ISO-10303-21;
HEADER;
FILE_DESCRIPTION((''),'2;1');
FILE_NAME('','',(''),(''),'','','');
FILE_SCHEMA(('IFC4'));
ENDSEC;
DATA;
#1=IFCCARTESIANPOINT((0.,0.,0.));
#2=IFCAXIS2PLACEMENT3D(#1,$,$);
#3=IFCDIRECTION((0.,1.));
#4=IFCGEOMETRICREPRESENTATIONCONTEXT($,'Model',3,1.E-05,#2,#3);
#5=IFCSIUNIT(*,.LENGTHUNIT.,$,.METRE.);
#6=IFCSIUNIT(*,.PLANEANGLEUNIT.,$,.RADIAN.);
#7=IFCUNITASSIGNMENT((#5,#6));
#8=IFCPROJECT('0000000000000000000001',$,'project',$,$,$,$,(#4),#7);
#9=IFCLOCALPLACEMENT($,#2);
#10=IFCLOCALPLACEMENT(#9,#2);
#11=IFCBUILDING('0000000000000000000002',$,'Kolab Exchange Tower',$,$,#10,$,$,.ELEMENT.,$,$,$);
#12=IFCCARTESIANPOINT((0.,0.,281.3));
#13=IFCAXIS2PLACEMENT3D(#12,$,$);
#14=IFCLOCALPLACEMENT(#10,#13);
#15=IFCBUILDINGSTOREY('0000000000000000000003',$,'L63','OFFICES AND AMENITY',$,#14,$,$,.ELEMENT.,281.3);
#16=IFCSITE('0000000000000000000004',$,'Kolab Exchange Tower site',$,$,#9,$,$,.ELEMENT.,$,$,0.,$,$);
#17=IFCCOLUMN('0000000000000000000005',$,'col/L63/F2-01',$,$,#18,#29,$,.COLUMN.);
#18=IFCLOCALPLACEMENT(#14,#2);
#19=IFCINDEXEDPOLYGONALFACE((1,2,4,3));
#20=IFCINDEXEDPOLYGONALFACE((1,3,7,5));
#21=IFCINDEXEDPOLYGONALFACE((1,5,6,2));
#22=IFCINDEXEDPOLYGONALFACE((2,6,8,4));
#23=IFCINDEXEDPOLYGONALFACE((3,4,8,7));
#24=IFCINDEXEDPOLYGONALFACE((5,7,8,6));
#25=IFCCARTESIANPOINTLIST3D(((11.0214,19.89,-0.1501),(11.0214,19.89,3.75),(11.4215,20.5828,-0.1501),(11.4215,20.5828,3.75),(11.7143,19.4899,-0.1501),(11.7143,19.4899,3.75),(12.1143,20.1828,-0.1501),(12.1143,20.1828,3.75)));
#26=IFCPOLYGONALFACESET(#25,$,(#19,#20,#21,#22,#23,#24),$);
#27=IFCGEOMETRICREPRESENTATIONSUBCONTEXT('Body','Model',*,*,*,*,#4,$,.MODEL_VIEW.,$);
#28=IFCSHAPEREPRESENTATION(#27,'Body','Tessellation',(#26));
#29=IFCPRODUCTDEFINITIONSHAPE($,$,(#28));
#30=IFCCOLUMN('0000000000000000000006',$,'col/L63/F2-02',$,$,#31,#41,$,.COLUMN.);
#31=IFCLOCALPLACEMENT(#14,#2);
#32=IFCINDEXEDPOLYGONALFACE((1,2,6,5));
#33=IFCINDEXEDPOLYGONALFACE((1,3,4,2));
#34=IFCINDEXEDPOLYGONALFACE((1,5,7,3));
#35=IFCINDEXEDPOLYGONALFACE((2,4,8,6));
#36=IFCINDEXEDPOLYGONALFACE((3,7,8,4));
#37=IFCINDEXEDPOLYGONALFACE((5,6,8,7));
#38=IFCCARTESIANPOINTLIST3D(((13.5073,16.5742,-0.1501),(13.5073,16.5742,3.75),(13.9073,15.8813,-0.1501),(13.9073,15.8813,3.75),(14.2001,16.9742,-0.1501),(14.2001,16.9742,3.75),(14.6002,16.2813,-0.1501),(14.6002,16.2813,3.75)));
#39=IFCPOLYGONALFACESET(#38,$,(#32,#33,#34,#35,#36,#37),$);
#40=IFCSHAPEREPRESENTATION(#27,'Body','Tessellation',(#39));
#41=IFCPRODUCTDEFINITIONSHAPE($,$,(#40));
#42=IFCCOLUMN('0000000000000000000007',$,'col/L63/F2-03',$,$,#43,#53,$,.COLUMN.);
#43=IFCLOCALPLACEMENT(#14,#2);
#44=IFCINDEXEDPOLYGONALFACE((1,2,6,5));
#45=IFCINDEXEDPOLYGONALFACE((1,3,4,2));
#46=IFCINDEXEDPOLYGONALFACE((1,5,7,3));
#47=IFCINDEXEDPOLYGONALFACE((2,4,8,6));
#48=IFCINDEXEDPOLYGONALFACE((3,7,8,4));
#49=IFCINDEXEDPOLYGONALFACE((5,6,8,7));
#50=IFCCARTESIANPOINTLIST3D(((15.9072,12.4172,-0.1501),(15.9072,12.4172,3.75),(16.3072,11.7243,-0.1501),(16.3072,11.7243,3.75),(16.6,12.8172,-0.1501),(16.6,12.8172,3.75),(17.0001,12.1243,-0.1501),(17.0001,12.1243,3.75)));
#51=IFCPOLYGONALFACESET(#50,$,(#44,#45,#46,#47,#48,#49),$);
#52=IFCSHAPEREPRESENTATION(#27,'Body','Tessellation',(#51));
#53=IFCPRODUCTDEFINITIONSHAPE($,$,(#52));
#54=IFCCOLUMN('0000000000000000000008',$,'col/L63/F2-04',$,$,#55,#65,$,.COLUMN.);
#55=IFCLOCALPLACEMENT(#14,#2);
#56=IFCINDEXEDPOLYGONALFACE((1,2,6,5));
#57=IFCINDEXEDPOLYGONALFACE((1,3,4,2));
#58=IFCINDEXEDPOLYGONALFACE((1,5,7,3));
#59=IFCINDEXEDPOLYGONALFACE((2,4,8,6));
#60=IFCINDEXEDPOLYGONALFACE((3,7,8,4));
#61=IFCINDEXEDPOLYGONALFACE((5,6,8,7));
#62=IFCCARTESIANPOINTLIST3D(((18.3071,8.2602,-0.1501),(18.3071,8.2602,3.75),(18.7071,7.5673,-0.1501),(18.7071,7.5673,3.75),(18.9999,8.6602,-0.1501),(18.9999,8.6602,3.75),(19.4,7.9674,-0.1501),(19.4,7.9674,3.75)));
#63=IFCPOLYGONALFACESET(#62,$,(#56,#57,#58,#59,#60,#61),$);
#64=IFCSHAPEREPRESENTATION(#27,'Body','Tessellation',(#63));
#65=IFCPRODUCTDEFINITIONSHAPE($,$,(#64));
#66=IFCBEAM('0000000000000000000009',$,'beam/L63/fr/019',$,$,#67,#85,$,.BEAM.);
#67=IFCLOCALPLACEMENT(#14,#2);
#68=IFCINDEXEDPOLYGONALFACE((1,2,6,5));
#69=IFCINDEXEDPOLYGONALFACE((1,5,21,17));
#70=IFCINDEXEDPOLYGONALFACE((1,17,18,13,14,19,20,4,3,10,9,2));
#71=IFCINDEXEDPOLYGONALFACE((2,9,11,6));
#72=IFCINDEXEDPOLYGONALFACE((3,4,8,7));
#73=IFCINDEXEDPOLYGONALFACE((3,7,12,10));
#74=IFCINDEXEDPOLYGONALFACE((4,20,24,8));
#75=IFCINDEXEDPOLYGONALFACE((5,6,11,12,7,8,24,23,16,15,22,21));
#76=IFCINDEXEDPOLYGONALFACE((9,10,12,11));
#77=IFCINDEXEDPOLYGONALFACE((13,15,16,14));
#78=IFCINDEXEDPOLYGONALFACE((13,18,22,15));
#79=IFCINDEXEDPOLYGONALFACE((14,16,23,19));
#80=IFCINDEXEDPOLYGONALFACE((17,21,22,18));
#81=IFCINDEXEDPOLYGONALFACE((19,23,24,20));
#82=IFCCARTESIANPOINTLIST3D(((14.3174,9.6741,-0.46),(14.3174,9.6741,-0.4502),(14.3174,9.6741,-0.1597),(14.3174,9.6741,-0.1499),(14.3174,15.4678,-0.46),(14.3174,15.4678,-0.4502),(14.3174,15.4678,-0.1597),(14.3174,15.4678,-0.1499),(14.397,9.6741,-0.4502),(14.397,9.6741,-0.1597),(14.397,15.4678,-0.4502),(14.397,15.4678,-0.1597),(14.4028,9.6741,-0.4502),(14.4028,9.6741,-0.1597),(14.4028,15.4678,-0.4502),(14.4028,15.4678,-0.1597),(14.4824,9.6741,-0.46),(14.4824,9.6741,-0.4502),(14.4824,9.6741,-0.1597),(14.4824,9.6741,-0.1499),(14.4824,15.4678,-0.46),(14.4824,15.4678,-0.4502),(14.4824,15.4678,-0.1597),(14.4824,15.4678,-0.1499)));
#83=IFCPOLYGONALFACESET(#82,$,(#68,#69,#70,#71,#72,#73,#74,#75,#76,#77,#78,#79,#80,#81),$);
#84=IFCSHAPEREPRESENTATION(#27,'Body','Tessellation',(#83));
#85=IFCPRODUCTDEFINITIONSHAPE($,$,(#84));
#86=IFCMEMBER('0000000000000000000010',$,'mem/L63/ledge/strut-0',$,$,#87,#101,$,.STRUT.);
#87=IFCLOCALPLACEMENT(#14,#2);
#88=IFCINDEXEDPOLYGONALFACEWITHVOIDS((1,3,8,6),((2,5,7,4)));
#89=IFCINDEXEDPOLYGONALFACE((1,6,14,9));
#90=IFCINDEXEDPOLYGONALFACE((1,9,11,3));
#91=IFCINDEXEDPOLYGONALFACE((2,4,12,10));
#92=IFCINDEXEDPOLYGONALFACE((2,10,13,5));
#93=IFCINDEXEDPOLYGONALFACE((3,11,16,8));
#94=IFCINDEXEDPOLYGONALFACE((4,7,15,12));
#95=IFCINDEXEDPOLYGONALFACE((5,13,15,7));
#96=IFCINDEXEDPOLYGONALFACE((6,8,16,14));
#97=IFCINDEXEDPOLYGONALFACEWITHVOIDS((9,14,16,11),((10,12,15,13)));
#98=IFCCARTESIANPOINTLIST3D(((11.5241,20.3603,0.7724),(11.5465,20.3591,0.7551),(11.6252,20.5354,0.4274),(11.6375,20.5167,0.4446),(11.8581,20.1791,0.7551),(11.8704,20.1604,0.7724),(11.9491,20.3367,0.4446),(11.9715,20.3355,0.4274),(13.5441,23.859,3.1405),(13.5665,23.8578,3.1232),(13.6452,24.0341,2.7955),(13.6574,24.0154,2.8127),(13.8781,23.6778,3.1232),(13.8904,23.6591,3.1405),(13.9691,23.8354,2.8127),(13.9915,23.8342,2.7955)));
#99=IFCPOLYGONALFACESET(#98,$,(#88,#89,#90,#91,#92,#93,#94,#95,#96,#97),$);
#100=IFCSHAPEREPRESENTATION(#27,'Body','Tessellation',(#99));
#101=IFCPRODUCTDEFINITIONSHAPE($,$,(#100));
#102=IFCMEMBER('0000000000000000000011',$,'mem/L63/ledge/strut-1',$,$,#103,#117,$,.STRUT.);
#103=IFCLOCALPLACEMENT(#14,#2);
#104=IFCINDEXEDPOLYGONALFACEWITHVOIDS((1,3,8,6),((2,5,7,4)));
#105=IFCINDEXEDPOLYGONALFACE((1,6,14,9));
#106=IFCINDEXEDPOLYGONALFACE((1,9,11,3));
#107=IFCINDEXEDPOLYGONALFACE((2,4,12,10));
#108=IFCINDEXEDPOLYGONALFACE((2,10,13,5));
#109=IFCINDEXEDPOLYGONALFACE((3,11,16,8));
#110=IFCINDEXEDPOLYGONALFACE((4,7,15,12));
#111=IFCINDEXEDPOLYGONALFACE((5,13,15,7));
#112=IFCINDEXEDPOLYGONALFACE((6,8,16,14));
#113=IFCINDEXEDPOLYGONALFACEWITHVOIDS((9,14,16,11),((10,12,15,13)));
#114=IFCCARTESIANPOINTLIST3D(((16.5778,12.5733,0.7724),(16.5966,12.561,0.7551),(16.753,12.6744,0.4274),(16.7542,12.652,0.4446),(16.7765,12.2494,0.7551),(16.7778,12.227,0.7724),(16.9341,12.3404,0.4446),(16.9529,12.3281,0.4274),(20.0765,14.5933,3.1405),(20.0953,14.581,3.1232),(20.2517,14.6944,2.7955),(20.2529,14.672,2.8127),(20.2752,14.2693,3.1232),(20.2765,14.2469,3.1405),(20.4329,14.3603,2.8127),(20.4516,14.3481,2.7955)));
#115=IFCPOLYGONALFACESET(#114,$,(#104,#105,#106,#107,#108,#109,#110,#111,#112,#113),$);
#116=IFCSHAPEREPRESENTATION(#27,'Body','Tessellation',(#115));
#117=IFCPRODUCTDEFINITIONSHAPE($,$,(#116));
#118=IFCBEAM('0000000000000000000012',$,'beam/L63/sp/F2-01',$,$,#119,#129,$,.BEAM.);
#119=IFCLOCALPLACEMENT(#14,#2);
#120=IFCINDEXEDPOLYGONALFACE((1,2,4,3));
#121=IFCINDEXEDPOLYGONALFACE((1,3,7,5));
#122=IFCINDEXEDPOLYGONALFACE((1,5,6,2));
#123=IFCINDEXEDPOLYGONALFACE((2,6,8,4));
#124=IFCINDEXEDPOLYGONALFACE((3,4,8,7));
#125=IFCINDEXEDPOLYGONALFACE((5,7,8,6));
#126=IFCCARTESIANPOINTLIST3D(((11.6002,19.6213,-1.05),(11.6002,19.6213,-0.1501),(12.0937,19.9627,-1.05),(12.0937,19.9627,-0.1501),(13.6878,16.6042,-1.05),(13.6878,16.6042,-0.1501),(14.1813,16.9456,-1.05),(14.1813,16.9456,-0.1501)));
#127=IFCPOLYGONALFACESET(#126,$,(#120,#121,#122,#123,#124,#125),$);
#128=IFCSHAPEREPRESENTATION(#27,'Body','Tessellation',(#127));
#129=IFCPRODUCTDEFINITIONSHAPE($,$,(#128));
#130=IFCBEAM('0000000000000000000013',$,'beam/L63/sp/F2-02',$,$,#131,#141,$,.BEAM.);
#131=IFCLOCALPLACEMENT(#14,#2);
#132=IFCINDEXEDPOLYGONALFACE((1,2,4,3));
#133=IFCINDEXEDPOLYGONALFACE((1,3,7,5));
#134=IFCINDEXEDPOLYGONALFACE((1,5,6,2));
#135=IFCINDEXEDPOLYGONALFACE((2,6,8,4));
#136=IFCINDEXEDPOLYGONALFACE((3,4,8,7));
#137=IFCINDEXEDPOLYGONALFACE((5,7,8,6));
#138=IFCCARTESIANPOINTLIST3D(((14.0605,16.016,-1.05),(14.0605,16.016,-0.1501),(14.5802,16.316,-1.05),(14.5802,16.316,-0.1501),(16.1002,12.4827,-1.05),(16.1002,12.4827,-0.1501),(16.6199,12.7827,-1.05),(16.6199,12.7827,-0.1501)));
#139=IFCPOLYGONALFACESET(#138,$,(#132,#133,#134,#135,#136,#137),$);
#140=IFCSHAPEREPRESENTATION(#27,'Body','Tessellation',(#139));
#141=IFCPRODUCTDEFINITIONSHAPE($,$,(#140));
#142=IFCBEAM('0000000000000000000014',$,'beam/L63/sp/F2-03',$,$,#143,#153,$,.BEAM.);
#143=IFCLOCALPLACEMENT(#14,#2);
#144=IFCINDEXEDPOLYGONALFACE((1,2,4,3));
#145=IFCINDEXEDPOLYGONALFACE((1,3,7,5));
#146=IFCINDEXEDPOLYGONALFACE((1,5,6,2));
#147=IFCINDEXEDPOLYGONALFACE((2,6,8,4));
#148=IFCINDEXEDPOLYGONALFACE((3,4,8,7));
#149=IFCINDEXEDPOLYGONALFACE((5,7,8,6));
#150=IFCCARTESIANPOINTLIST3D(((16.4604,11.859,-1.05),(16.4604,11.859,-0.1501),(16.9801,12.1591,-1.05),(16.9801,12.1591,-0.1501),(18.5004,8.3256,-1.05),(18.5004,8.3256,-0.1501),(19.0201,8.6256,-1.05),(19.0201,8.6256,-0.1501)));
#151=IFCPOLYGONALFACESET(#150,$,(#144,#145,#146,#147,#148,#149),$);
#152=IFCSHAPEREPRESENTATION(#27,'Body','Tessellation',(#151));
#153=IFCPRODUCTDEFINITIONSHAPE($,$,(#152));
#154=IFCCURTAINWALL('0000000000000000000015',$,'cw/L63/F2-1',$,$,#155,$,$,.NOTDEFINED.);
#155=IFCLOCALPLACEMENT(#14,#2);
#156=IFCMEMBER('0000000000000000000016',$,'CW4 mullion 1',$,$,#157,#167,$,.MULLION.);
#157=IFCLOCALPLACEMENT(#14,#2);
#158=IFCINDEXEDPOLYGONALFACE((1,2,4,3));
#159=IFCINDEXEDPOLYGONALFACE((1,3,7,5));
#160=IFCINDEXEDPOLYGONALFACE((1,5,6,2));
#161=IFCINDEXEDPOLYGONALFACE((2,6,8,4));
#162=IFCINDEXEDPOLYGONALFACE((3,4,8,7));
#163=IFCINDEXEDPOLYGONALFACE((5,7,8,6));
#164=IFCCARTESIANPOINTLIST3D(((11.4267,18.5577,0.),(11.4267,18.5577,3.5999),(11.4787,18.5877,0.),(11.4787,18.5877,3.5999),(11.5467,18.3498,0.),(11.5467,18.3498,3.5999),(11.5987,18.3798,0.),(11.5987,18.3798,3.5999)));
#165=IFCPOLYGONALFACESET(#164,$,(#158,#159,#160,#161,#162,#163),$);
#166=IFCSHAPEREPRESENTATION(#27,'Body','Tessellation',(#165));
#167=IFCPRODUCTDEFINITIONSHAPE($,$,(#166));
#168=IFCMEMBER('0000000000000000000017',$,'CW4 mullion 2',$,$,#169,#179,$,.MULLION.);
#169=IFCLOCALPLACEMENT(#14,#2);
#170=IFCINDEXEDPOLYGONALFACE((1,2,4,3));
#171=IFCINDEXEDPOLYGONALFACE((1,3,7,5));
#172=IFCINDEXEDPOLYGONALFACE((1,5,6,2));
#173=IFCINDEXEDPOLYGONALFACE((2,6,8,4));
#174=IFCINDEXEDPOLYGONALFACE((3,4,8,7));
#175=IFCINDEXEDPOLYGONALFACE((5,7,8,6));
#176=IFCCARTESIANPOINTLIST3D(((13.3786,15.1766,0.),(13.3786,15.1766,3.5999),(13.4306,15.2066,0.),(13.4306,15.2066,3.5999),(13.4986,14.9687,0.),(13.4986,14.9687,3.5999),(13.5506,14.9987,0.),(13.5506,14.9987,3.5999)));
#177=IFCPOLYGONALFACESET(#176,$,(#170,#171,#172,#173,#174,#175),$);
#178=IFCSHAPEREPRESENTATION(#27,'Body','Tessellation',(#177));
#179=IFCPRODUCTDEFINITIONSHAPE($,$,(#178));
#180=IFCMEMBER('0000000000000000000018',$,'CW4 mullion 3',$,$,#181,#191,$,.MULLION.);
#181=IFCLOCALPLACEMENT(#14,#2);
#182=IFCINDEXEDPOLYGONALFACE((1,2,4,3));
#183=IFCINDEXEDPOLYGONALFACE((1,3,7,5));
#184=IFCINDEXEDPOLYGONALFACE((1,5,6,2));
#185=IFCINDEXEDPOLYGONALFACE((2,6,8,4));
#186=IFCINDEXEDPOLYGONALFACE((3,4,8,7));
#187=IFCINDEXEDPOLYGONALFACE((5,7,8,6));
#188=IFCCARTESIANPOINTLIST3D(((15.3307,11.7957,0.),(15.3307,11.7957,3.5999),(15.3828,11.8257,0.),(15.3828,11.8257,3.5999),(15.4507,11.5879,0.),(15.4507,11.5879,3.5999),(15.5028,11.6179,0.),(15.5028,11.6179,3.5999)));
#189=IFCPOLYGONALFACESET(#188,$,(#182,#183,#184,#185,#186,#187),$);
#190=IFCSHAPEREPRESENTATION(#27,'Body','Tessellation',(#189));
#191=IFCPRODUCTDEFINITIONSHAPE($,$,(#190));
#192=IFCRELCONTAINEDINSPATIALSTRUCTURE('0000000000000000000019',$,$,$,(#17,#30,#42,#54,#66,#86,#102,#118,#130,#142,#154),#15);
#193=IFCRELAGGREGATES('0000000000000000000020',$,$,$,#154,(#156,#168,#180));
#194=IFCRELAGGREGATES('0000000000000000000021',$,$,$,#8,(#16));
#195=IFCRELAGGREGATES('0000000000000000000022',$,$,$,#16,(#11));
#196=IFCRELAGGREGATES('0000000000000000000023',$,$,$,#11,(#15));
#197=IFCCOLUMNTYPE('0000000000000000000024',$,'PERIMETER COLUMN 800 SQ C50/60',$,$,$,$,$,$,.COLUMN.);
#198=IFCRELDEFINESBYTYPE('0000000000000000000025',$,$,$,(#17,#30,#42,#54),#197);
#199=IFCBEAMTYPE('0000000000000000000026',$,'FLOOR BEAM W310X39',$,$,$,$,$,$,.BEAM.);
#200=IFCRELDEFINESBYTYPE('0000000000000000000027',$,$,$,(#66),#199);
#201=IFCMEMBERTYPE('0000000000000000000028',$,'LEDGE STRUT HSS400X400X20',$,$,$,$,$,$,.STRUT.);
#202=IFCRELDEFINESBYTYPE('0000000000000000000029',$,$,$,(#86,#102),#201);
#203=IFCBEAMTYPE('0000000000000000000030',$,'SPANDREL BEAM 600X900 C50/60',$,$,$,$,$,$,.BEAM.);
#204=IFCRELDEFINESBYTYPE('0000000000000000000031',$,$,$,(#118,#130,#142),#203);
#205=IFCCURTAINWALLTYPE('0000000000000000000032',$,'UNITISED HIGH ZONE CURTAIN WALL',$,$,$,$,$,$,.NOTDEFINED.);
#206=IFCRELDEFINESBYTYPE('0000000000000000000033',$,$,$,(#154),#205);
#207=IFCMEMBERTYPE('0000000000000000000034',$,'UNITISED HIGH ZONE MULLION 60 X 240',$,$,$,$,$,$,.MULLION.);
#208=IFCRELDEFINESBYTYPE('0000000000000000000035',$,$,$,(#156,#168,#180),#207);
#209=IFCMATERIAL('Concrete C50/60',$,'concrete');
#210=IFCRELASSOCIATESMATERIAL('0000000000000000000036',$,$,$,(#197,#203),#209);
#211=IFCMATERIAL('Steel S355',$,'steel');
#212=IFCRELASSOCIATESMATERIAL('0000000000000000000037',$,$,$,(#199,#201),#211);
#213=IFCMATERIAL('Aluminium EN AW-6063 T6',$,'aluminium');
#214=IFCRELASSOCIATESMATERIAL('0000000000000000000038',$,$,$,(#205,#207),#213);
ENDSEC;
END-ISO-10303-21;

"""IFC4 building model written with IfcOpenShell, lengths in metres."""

from ifc_helpers import new_model, si_unit, direction, frame, origin, origin_2d, place, context, subcontext, project, spatial, rectangle, hollow_rectangle, i_section, extrude, material, material_profile, profile_set, type_object, element, aggregate, save


model = new_model("IFC4")

# Units and contexts
model_context = context("Model", 3, precision=1e-05, world=origin(), true_north=direction((0.0, 1.0)))
body_context = subcontext(model_context, "Body", "Model", "MODEL_VIEW")
ifc_project = project(units=[si_unit("LENGTHUNIT", "METRE"), si_unit("PLANEANGLEUNIT", "RADIAN")], contexts=[model_context])

# Site, building, storey
site_placement = place(None, origin())
site = spatial("IfcSite", under=ifc_project, at=site_placement, Name="Kolab Exchange Tower site", CompositionType="ELEMENT", RefElevation=0.0)
building_placement = place(site_placement, origin())
building = spatial("IfcBuilding", under=site, at=building_placement, Name="Kolab Exchange Tower", CompositionType="ELEMENT")
storey_placement = place(building_placement, frame((0.0, 0.0, 281.3)))
storey = spatial("IfcBuildingStorey", under=building, at=storey_placement, Name="L63", Description="OFFICES AND AMENITY", CompositionType="ELEMENT", Elevation=281.3)

# Columns
ifc_material_1 = material(Name="Concrete C50/60", Category="concrete")
ifc_material_profile_1 = material_profile(ifc_material_1, rectangle(XDim=0.8, YDim=0.8, at=origin_2d()), Name="RC800")
ifc_profile_set_1 = profile_set([ifc_material_profile_1], Name="Concrete C50/60")
column_type = type_object("IfcColumnType", Name="PERIMETER COLUMN 800 SQ C50/60", PredefinedType="COLUMN", material=ifc_profile_set_1)
for number, where, z_axis, x_axis, name in (
    (1, (11.5679, 20.0364, -0.1501), (0.0, 0.0, 1.0), (0.5, 0.866025, 0.0), "col/L63/F2-01"),
    (2, (14.0537, 16.4277, -0.1501), (0.0, 0.0, 1.0), (0.866025, 0.5, 0.0), "col/L63/F2-02"),
    (3, (16.4536, 12.2708, -0.1501), (0.0, 0.0, 1.0), (0.866025, 0.5, 0.0), "col/L63/F2-03"),
    (4, (18.8535, 8.1138, -0.1501), (0.0, 0.0, 1.0), (0.866025, 0.5, 0.0), "col/L63/F2-04"),
):
    element("IfcColumn", number, at=place(storey_placement, frame(where, z_axis=z_axis, x_axis=x_axis)), inside=storey, type_object=column_type, Name=name, PredefinedType="COLUMN", context=body_context, shape_type="SweptSolid", body=[
        extrude(rectangle(XDim=0.8, YDim=0.8, at=origin_2d()), origin(), (0.0, 0.0, 1.0), 3.9001),
    ])

# Beam
ifc_material_2 = material(Name="Steel S355", Category="steel")
ifc_material_profile_2 = material_profile(ifc_material_2, i_section(OverallWidth=0.165, OverallDepth=0.3101, WebThickness=0.0059, FlangeThickness=0.0098, at=origin_2d()), Name="W310X39")
ifc_profile_set_2 = profile_set([ifc_material_profile_2], Name="Steel S355")
beam_type_1 = type_object("IfcBeamType", Name="FLOOR BEAM W310X39", PredefinedType="BEAM", material=ifc_profile_set_2)
beam_1_placement = place(storey_placement, frame((14.3999, 9.6741, -0.3049), z_axis=(0.0, 1.0, 0.0), x_axis=(-1.0, 0.0, 0.0)))
element("IfcBeam", 5, at=beam_1_placement, inside=storey, type_object=beam_type_1, Name="beam/L63/fr/019", PredefinedType="BEAM", context=body_context, shape_type="SweptSolid", body=[
    extrude(i_section(OverallWidth=0.165, OverallDepth=0.3101, WebThickness=0.0059, FlangeThickness=0.0098, at=origin_2d()), origin(), (0.0, 0.0, 1.0), 5.7937),
])

# Members
ifc_material_profile_3 = material_profile(ifc_material_2, hollow_rectangle(XDim=0.3999, YDim=0.3999, WallThickness=0.02, at=origin_2d()), Name="HSS400X400X20")
ifc_profile_set_3 = profile_set([ifc_material_profile_3], Name="Steel S355")
member_type_1 = type_object("IfcMemberType", Name="LEDGE STRUT HSS400X400X20", PredefinedType="STRUT", material=ifc_profile_set_3)
for number, where, z_axis, x_axis, name in (
    (6, (11.7478, 20.3479, 0.5999), (0.431355, 0.747129, 0.505698), (-0.866026, 0.5, 0.0), "mem/L63/ledge/strut-0"),
    (7, (16.7654, 12.4507, 0.5999), (0.747129, 0.431355, 0.505698), (-0.5, 0.866026, 0.0), "mem/L63/ledge/strut-1"),
):
    element("IfcMember", number, at=place(storey_placement, frame(where, z_axis=z_axis, x_axis=x_axis)), inside=storey, type_object=member_type_1, Name=name, PredefinedType="STRUT", context=body_context, shape_type="SweptSolid", body=[
        extrude(hollow_rectangle(XDim=0.3999, YDim=0.3999, WallThickness=0.02, at=origin_2d()), origin(), (0.0, 0.0, 1.0), 4.6829),
    ])

# Beams
ifc_material_profile_4 = material_profile(ifc_material_1, rectangle(XDim=0.6001, YDim=0.8999, at=origin_2d()), Name="RC600X900")
ifc_profile_set_4 = profile_set([ifc_material_profile_4], Name="Concrete C50/60")
beam_type_2 = type_object("IfcBeamType", Name="SPANDREL BEAM 600X900 C50/60", PredefinedType="BEAM", material=ifc_profile_set_4)
beam_2_placement = place(storey_placement, frame((11.8469, 19.792, -0.6001), z_axis=(0.569006, -0.822334, 0.0), x_axis=(0.822334, 0.569006, 0.0)))
element("IfcBeam", 8, at=beam_2_placement, inside=storey, type_object=beam_type_2, Name="beam/L63/sp/F2-01", PredefinedType="BEAM", context=body_context, shape_type="SweptSolid", body=[
    extrude(rectangle(XDim=0.6001, YDim=0.8999, at=origin_2d()), origin(), (0.0, 0.0, 1.0), 3.6689),
])
beam_3_placement = place(storey_placement, frame((14.3203, 16.166, -0.6001), z_axis=(0.499956, -0.866051, 0.0), x_axis=(0.866051, 0.499956, 0.0)))
element("IfcBeam", 9, at=beam_3_placement, inside=storey, type_object=beam_type_2, Name="beam/L63/sp/F2-02", PredefinedType="BEAM", context=body_context, shape_type="SweptSolid", body=[
    extrude(rectangle(XDim=0.6001, YDim=0.8999, at=origin_2d()), origin(), (0.0, 0.0, 1.0), 4.0798),
])
beam_4_placement = place(storey_placement, frame((16.7202, 12.009, -0.6001), z_axis=(0.5, -0.866025, 0.0), x_axis=(0.866025, 0.5, 0.0)))
element("IfcBeam", 10, at=beam_4_placement, inside=storey, type_object=beam_type_2, Name="beam/L63/sp/F2-03", PredefinedType="BEAM", context=body_context, shape_type="SweptSolid", body=[
    extrude(rectangle(XDim=0.6001, YDim=0.8999, at=origin_2d()), origin(), (0.0, 0.0, 1.0), 4.0801),
])

# Curtain wall, members
ifc_material_3 = material(Name="Aluminium EN AW-6063 T6", Category="aluminium")
curtain_wall_type = type_object("IfcCurtainWallType", Name="UNITISED HIGH ZONE CURTAIN WALL", PredefinedType="NOTDEFINED", material=ifc_material_3)
curtain_wall_placement = place(storey_placement, origin())
curtain_wall = element("IfcCurtainWall", 11, at=curtain_wall_placement, inside=storey, type_object=curtain_wall_type, Name="cw/L63/F2-1", PredefinedType="NOTDEFINED")
ifc_material_profile_5 = material_profile(ifc_material_3, rectangle(XDim=0.0601, YDim=0.24, at=origin_2d()), Name="RECT 60X240")
ifc_profile_set_5 = profile_set([ifc_material_profile_5], Name="Aluminium EN AW-6063 T6")
member_type_2 = type_object("IfcMemberType", Name="UNITISED HIGH ZONE MULLION 60 X 240", PredefinedType="MULLION", material=ifc_profile_set_5)
member_1_placement = place(storey_placement, frame((11.5127, 18.4688, 0.0), z_axis=(0.0, 0.0, 1.0), x_axis=(0.866025, 0.5, 0.0)))
member_1 = element("IfcMember", 12, at=member_1_placement, type_object=member_type_2, Name="CW4 mullion 1", PredefinedType="MULLION", context=body_context, shape_type="SweptSolid", body=[
    extrude(rectangle(XDim=0.0601, YDim=0.24, at=origin_2d()), origin(), (0.0, 0.0, 1.0), 3.5999),
])
member_2_placement = place(storey_placement, frame((13.4646, 15.0876, 0.0), z_axis=(0.0, 0.0, 1.0), x_axis=(0.866025, 0.5, 0.0)))
member_2 = element("IfcMember", 13, at=member_2_placement, type_object=member_type_2, Name="CW4 mullion 2", PredefinedType="MULLION", context=body_context, shape_type="SweptSolid", body=[
    extrude(rectangle(XDim=0.0601, YDim=0.24, at=origin_2d()), origin(), (0.0, 0.0, 1.0), 3.5999),
])
member_3_placement = place(storey_placement, frame((15.4167, 11.7068, 0.0), z_axis=(0.0, 0.0, 1.0), x_axis=(0.866025, 0.5, 0.0)))
member_3 = element("IfcMember", 14, at=member_3_placement, type_object=member_type_2, Name="CW4 mullion 3", PredefinedType="MULLION", context=body_context, shape_type="SweptSolid", body=[
    extrude(rectangle(XDim=0.0601, YDim=0.24, at=origin_2d()), origin(), (0.0, 0.0, 1.0), 3.5999),
])
aggregate(curtain_wall, [member_1, member_2, member_3])

save(model, "model.ifc")
